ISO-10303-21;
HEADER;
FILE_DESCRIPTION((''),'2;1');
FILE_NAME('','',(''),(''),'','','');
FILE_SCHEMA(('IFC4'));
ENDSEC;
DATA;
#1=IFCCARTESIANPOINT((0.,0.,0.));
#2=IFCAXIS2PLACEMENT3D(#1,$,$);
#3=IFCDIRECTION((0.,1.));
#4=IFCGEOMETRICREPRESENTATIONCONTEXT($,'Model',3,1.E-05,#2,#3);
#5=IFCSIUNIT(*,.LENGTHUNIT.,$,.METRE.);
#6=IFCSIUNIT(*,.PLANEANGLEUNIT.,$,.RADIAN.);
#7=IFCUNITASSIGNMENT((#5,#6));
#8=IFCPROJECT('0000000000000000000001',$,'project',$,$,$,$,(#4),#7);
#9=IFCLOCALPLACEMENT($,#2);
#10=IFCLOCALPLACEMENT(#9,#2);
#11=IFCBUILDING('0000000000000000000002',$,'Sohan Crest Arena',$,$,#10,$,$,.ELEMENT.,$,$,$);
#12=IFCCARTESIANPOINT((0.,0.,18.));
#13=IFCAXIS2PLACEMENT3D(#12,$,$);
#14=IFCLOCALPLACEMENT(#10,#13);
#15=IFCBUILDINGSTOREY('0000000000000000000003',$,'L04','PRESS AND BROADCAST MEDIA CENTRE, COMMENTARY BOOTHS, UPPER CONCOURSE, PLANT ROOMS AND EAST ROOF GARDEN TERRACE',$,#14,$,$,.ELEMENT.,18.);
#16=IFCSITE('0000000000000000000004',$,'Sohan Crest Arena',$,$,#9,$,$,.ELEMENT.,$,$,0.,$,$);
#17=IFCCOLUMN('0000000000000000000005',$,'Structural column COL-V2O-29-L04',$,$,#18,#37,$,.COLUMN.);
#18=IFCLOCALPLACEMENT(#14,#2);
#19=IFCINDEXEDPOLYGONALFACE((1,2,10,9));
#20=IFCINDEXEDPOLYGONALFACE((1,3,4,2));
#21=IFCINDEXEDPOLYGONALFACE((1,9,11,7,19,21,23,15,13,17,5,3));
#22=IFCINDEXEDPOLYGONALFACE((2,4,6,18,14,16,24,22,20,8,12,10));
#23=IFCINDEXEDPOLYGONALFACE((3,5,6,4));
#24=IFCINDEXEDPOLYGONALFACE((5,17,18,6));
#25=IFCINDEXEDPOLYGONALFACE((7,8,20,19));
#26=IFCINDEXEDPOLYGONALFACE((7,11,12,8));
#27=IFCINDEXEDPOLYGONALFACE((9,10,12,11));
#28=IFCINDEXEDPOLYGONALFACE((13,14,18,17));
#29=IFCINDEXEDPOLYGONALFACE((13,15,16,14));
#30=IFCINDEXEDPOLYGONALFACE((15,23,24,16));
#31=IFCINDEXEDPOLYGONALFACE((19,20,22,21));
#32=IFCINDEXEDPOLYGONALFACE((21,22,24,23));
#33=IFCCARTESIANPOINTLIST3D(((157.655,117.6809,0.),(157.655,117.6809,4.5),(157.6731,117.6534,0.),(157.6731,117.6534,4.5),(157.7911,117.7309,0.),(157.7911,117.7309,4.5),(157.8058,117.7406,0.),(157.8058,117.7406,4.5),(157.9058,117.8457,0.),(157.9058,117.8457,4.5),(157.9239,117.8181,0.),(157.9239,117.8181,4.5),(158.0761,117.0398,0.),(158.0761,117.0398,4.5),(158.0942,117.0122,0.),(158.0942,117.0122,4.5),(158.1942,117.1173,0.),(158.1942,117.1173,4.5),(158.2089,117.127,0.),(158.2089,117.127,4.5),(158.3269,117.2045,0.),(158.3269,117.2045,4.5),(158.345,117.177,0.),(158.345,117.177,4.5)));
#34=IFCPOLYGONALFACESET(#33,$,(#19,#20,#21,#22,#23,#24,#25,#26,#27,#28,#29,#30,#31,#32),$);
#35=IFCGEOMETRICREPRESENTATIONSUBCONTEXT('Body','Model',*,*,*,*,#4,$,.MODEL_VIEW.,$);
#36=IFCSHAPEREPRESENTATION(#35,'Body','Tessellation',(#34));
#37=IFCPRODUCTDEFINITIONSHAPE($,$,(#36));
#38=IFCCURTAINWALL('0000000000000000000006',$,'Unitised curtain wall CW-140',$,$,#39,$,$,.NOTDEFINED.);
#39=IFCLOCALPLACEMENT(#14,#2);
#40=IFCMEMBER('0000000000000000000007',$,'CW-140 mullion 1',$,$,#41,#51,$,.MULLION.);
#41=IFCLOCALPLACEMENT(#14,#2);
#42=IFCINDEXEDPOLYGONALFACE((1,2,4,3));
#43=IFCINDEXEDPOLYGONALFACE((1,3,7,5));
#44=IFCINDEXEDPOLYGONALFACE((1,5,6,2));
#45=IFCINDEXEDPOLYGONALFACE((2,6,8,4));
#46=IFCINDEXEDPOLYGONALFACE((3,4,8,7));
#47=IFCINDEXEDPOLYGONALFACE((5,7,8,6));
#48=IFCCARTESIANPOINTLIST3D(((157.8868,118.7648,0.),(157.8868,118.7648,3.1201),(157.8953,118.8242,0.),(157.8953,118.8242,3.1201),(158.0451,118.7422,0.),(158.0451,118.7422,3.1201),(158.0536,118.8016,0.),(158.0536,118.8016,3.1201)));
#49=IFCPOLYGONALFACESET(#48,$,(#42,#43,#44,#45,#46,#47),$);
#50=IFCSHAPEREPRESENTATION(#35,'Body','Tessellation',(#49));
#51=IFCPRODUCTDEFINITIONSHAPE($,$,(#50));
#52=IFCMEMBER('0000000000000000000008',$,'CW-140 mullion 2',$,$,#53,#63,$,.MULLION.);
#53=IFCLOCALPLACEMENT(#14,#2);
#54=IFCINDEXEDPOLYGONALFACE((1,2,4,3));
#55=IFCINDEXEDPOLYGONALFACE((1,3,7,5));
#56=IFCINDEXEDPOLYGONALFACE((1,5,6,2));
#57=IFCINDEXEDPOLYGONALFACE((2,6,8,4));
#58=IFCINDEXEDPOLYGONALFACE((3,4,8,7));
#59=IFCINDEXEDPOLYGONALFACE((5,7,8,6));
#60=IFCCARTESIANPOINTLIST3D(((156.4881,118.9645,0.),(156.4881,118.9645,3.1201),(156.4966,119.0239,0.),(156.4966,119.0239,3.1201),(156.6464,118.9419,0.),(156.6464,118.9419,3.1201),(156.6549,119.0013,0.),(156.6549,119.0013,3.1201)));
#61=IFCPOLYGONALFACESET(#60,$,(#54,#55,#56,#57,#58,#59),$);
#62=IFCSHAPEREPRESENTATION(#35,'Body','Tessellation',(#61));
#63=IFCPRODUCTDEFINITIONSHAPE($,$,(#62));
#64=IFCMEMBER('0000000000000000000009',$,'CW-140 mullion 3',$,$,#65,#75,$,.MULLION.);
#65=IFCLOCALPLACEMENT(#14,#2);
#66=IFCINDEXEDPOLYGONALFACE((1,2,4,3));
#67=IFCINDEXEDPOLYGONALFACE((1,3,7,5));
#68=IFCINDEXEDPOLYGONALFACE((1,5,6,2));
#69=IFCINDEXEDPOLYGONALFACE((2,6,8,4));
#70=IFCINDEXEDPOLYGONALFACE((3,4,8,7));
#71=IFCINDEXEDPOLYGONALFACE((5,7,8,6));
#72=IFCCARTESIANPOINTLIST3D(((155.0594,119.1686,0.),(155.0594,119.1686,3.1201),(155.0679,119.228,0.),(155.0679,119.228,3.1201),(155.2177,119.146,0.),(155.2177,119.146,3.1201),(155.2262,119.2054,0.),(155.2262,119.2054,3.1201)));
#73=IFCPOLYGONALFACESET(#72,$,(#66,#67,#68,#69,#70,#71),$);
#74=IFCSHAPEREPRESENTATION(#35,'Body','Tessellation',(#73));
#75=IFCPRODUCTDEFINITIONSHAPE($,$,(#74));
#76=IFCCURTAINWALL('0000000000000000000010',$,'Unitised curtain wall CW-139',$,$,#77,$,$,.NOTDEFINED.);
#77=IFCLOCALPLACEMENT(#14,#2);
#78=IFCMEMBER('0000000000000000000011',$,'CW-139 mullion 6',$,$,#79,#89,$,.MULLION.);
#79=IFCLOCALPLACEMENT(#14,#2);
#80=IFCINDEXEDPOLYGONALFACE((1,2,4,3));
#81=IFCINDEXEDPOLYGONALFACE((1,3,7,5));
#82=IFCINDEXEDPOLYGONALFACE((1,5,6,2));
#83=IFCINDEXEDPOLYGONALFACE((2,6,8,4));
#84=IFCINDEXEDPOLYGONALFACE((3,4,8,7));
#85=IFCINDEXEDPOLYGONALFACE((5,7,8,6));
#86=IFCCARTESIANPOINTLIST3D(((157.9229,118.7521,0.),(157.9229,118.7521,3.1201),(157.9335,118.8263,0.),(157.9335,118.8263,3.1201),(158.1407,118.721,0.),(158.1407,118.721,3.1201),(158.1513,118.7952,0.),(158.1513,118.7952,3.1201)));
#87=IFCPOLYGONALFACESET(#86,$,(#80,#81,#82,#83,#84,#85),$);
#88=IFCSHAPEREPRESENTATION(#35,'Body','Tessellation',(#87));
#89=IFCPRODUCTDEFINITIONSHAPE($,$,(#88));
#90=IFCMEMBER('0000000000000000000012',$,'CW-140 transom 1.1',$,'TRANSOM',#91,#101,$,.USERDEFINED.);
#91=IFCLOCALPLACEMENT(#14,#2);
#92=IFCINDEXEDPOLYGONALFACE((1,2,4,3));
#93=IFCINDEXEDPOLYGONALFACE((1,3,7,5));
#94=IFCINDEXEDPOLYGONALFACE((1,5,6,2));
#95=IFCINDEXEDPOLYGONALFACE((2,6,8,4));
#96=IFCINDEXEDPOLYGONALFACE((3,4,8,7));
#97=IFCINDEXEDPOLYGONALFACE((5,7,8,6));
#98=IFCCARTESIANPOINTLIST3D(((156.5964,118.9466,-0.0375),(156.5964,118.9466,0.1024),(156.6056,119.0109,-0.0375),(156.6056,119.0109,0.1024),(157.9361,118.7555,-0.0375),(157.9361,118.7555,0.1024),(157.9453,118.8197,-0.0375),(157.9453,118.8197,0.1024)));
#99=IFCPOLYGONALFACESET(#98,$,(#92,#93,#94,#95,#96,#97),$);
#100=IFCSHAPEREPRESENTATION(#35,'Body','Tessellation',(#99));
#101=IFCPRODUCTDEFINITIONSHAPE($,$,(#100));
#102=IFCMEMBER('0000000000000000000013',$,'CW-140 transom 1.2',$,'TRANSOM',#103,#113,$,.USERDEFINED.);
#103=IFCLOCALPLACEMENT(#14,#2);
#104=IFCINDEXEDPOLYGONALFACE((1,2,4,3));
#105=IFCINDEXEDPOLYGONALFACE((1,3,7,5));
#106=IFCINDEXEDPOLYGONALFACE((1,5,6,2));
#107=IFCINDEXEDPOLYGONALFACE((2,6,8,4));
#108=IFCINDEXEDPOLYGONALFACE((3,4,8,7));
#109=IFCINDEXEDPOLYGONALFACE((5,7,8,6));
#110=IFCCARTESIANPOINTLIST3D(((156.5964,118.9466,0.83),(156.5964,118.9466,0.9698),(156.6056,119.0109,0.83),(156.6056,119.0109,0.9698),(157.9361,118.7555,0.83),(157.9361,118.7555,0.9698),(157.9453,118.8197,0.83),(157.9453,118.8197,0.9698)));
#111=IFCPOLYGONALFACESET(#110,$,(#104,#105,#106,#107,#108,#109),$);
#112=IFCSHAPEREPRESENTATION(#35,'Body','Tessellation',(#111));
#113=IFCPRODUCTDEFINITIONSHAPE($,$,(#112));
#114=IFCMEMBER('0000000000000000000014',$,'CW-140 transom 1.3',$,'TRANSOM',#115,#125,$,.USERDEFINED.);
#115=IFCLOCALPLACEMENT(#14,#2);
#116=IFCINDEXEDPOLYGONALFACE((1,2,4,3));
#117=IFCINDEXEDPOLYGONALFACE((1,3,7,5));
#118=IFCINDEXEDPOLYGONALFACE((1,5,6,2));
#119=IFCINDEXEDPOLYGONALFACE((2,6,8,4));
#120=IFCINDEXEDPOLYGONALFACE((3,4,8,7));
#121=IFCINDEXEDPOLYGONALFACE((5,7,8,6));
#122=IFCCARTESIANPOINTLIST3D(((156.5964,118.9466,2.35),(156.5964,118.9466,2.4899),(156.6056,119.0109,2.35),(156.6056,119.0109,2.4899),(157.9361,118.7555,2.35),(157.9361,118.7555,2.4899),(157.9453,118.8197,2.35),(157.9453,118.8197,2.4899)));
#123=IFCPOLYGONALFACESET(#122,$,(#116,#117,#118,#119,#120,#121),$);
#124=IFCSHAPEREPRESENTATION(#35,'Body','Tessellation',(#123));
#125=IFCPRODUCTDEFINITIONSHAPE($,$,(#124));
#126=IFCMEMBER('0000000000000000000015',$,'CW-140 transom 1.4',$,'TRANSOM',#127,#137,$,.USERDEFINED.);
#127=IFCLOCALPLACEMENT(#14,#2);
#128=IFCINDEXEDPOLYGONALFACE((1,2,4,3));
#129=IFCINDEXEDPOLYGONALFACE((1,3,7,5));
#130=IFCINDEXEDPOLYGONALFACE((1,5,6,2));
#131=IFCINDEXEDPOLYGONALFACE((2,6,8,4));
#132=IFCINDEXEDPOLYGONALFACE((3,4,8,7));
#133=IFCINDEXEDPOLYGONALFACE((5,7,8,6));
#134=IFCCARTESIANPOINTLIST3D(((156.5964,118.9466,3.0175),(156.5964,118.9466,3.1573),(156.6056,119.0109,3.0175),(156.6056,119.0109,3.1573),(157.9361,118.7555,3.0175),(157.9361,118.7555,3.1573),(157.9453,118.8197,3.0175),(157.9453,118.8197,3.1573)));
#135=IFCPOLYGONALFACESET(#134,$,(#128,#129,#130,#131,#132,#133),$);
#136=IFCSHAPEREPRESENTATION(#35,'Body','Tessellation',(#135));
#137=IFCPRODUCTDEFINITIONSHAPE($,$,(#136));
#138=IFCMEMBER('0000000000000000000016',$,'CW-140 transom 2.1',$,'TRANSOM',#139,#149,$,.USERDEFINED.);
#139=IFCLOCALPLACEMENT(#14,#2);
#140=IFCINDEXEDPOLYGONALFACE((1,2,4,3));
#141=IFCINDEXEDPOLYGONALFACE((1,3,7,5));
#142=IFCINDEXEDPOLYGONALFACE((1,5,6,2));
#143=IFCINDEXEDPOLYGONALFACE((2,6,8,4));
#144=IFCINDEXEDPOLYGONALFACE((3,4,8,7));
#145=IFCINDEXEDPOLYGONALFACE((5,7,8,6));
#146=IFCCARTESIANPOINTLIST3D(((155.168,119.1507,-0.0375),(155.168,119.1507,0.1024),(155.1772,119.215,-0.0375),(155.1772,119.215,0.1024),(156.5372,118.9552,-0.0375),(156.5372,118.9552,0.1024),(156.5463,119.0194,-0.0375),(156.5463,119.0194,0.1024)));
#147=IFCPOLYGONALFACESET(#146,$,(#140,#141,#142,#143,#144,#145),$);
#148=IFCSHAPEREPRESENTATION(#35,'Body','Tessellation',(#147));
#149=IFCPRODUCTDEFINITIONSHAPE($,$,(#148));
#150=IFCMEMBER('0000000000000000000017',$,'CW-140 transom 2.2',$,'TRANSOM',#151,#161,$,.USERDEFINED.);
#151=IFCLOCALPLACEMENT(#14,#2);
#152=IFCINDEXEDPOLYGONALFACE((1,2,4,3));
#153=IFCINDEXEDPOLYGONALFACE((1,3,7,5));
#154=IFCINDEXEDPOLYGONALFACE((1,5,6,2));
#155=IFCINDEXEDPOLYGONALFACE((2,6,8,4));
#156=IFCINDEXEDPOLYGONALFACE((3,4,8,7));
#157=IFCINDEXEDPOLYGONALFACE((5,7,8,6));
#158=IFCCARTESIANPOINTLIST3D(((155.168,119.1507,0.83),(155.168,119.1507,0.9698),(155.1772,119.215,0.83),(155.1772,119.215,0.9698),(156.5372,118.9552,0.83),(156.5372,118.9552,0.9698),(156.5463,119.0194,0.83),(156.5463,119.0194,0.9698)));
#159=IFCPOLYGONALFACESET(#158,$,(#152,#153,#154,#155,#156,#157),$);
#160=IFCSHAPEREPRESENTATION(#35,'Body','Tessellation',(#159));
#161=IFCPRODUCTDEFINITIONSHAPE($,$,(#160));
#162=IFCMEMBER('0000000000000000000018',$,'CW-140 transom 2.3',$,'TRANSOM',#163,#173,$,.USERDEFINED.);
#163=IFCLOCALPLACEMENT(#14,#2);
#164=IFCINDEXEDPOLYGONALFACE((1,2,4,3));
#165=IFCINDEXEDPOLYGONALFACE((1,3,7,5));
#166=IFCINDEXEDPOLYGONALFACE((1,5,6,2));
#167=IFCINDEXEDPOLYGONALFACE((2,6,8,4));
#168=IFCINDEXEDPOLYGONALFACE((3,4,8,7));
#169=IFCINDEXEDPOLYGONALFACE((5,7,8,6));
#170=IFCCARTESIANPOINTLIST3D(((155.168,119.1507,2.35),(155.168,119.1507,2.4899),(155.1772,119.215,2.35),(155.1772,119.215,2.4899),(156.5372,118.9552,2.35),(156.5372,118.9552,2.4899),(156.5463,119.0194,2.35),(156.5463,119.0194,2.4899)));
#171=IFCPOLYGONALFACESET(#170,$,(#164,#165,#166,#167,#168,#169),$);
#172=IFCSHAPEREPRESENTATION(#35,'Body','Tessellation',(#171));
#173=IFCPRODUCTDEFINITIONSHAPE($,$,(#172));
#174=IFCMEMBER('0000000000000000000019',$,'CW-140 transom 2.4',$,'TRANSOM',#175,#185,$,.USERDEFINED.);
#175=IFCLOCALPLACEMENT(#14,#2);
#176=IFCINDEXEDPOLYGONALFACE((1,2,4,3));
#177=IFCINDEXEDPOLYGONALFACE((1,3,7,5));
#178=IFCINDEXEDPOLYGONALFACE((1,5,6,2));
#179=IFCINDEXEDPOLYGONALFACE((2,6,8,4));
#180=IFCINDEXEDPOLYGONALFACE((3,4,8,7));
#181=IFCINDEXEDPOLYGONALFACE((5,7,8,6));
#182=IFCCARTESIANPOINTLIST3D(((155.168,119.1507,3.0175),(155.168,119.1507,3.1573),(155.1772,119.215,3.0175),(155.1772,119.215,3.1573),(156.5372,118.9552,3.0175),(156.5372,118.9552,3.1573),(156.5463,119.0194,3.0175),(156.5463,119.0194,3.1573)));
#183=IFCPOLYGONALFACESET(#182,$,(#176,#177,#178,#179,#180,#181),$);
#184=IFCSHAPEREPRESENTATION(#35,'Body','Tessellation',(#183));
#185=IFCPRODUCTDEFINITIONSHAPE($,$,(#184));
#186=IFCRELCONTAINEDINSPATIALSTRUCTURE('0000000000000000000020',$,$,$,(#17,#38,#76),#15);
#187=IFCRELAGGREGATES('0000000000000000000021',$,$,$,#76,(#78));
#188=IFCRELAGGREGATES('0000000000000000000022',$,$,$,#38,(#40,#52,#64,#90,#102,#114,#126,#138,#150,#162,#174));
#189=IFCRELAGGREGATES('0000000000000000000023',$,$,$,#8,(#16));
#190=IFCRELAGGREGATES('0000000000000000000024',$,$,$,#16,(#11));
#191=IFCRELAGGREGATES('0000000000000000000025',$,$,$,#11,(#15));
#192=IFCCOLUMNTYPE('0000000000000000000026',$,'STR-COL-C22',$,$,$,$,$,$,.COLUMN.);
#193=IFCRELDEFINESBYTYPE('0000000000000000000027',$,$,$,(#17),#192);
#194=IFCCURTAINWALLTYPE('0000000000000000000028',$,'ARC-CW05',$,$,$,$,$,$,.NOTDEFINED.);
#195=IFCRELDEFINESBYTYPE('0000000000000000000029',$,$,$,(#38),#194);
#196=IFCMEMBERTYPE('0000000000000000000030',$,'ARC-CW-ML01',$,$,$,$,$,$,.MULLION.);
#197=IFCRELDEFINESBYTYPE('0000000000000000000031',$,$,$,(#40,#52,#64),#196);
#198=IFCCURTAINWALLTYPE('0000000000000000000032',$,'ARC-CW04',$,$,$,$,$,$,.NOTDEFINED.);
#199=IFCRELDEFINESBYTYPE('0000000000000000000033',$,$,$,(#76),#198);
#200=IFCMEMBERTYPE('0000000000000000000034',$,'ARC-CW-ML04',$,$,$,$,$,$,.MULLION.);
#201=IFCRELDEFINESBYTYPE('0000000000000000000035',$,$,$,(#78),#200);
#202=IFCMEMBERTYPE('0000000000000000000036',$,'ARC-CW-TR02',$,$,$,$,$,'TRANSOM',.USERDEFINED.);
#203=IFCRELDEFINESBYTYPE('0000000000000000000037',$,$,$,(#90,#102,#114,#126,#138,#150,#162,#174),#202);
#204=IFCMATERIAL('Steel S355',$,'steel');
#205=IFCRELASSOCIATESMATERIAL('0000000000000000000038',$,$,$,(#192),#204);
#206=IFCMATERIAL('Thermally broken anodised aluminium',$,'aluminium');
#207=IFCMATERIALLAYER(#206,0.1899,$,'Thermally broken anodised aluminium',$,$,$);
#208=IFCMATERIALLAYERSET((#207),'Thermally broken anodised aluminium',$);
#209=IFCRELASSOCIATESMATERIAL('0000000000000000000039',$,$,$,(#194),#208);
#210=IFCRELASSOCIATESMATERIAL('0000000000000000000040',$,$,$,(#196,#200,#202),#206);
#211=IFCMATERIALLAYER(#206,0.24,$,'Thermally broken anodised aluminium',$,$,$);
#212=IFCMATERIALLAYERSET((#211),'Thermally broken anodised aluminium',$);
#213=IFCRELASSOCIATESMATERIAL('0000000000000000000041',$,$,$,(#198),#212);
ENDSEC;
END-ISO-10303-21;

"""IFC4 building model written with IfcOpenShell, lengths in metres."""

from ifc_helpers import new_model, si_unit, direction, frame, origin, origin_2d, place, context, subcontext, project, spatial, rectangle, i_section, extrude, material, layer, layer_set, material_profile, profile_set, type_object, element, aggregate, save


model = new_model("IFC4")

# Units and contexts
model_context = context("Model", 3, precision=1e-05, world=origin(), true_north=direction((0.0, 1.0)))
body_context = subcontext(model_context, "Body", "Model", "MODEL_VIEW")
ifc_project = project(units=[si_unit("LENGTHUNIT", "METRE"), si_unit("PLANEANGLEUNIT", "RADIAN")], contexts=[model_context])

# Site, building, storey
site_placement = place(None, origin())
site = spatial("IfcSite", under=ifc_project, at=site_placement, Name="Sohan Crest Arena", CompositionType="ELEMENT", RefElevation=0.0)
building_placement = place(site_placement, origin())
building = spatial("IfcBuilding", under=site, at=building_placement, Name="Sohan Crest Arena", CompositionType="ELEMENT")
storey_placement = place(building_placement, frame((0.0, 0.0, 18.0)))
storey = spatial("IfcBuildingStorey", under=building, at=storey_placement, Name="L04", Description="PRESS AND BROADCAST MEDIA CENTRE, COMMENTARY BOOTHS, UPPER CONCOURSE, PLANT ROOMS AND EAST ROOF GARDEN TERRACE", CompositionType="ELEMENT", Elevation=18.0)

# Column
ifc_material_1 = material(Name="Steel S355", Category="steel")
ifc_material_profile_1 = material_profile(ifc_material_1, i_section(OverallWidth=0.3, OverallDepth=0.8, WebThickness=0.0176, FlangeThickness=0.033, at=origin_2d()), Name="HEB 800")
ifc_profile_set_1 = profile_set([ifc_material_profile_1], Name="Steel S355")
column_type = type_object("IfcColumnType", Name="STR-COL-C22", PredefinedType="COLUMN", material=ifc_profile_set_1)
column_placement = place(storey_placement, frame((158.0, 117.429, 0.0), z_axis=(0.0, 0.0, 1.0), x_axis=(0.835807, 0.549023, 0.0)))
element("IfcColumn", 1, at=column_placement, inside=storey, type_object=column_type, Name="Structural column COL-V2O-29-L04", PredefinedType="COLUMN", context=body_context, shape_type="SweptSolid", body=[
    extrude(i_section(OverallWidth=0.3, OverallDepth=0.8, WebThickness=0.0176, FlangeThickness=0.033, at=origin_2d()), origin(), (0.0, 0.0, 1.0), 4.5),
])

# Curtain wall, members
ifc_material_2 = material(Name="Thermally broken anodised aluminium", Category="aluminium")
ifc_layer_1 = layer(ifc_material_2, 0.1899, Name="Thermally broken anodised aluminium")
ifc_layer_set_1 = layer_set([ifc_layer_1], Name="Thermally broken anodised aluminium")
curtain_wall_type_1 = type_object("IfcCurtainWallType", Name="ARC-CW05", PredefinedType="NOTDEFINED", material=ifc_layer_set_1)
curtain_wall_1_placement = place(storey_placement, origin())
curtain_wall_1 = element("IfcCurtainWall", 2, at=curtain_wall_1_placement, inside=storey, type_object=curtain_wall_type_1, Name="Unitised curtain wall CW-140", PredefinedType="NOTDEFINED")
ifc_material_profile_2 = material_profile(ifc_material_2, rectangle(XDim=0.0601, YDim=0.1599, at=origin_2d()), Name="ALU-MULL 60x160")
ifc_profile_set_2 = profile_set([ifc_material_profile_2], Name="Thermally broken anodised aluminium")
member_type_1 = type_object("IfcMemberType", Name="ARC-CW-ML01", PredefinedType="MULLION", material=ifc_profile_set_2)
member_1_placement = place(storey_placement, frame((157.9702, 118.7832, 0.0), z_axis=(0.0, 0.0, 1.0), x_axis=(-0.141366, -0.989957, 0.0)))
member_1 = element("IfcMember", 3, at=member_1_placement, type_object=member_type_1, Name="CW-140 mullion 1", PredefinedType="MULLION", context=body_context, shape_type="SweptSolid", body=[
    extrude(rectangle(XDim=0.0601, YDim=0.1599, at=origin_2d()), origin(), (0.0, 0.0, 1.0), 3.1201),
])
member_2_placement = place(storey_placement, frame((156.5715, 118.9829, 0.0), z_axis=(0.0, 0.0, 1.0), x_axis=(-0.141366, -0.989957, 0.0)))
member_2 = element("IfcMember", 4, at=member_2_placement, type_object=member_type_1, Name="CW-140 mullion 2", PredefinedType="MULLION", context=body_context, shape_type="SweptSolid", body=[
    extrude(rectangle(XDim=0.0601, YDim=0.1599, at=origin_2d()), origin(), (0.0, 0.0, 1.0), 3.1201),
])
member_3_placement = place(storey_placement, frame((155.1428, 119.187, 0.0), z_axis=(0.0, 0.0, 1.0), x_axis=(-0.141366, -0.989957, 0.0)))
member_3 = element("IfcMember", 5, at=member_3_placement, type_object=member_type_1, Name="CW-140 mullion 3", PredefinedType="MULLION", context=body_context, shape_type="SweptSolid", body=[
    extrude(rectangle(XDim=0.0601, YDim=0.1599, at=origin_2d()), origin(), (0.0, 0.0, 1.0), 3.1201),
])

# Curtain wall, member
ifc_layer_2 = layer(ifc_material_2, 0.24, Name="Thermally broken anodised aluminium")
ifc_layer_set_2 = layer_set([ifc_layer_2], Name="Thermally broken anodised aluminium")
curtain_wall_type_2 = type_object("IfcCurtainWallType", Name="ARC-CW04", PredefinedType="NOTDEFINED", material=ifc_layer_set_2)
curtain_wall_2_placement = place(storey_placement, origin())
curtain_wall_2 = element("IfcCurtainWall", 6, at=curtain_wall_2_placement, inside=storey, type_object=curtain_wall_type_2, Name="Unitised curtain wall CW-139", PredefinedType="NOTDEFINED")
ifc_material_profile_3 = material_profile(ifc_material_2, rectangle(XDim=0.075, YDim=0.22, at=origin_2d()), Name="ALU-MULL 75x220")
ifc_profile_set_3 = profile_set([ifc_material_profile_3], Name="Thermally broken anodised aluminium")
member_type_2 = type_object("IfcMemberType", Name="ARC-CW-ML04", PredefinedType="MULLION", material=ifc_profile_set_3)
member_4_placement = place(storey_placement, frame((158.0371, 118.7737, 0.0), z_axis=(0.0, 0.0, 1.0), x_axis=(-0.141463, -0.989944, 0.0)))
member_4 = element("IfcMember", 7, at=member_4_placement, type_object=member_type_2, Name="CW-139 mullion 6", PredefinedType="MULLION", context=body_context, shape_type="SweptSolid", body=[
    extrude(rectangle(XDim=0.075, YDim=0.22, at=origin_2d()), origin(), (0.0, 0.0, 1.0), 3.1201),
])
aggregate(curtain_wall_2, [member_4])

# Members
ifc_material_profile_4 = material_profile(ifc_material_2, rectangle(XDim=0.0649, YDim=0.1399, at=origin_2d()), Name="ALU-TRAN 65x140")
ifc_profile_set_4 = profile_set([ifc_material_profile_4], Name="Thermally broken anodised aluminium")
member_type_3 = type_object("IfcMemberType", Name="ARC-CW-TR02", ElementType="TRANSOM", PredefinedType="USERDEFINED", material=ifc_profile_set_4)
member_5_placement = place(storey_placement, frame((157.9407, 118.7876, 0.0325), z_axis=(-0.989971, 0.14127, 0.0), x_axis=(-0.14127, -0.989971, 0.0)))
member_5 = element("IfcMember", 8, at=member_5_placement, type_object=member_type_3, Name="CW-140 transom 1.1", ObjectType="TRANSOM", PredefinedType="USERDEFINED", context=body_context, shape_type="SweptSolid", body=[
    extrude(rectangle(XDim=0.0649, YDim=0.1399, at=origin_2d()), origin(), (0.0, 0.0, 1.0), 1.3533),
])
member_6_placement = place(storey_placement, frame((157.9407, 118.7876, 0.8999), z_axis=(-0.989971, 0.14127, 0.0), x_axis=(-0.14127, -0.989971, 0.0)))
member_6 = element("IfcMember", 9, at=member_6_placement, type_object=member_type_3, Name="CW-140 transom 1.2", ObjectType="TRANSOM", PredefinedType="USERDEFINED", context=body_context, shape_type="SweptSolid", body=[
    extrude(rectangle(XDim=0.0649, YDim=0.1399, at=origin_2d()), origin(), (0.0, 0.0, 1.0), 1.3533),
])
member_7_placement = place(storey_placement, frame((157.9407, 118.7876, 2.4199), z_axis=(-0.989971, 0.14127, 0.0), x_axis=(-0.14127, -0.989971, 0.0)))
member_7 = element("IfcMember", 10, at=member_7_placement, type_object=member_type_3, Name="CW-140 transom 1.3", ObjectType="TRANSOM", PredefinedType="USERDEFINED", context=body_context, shape_type="SweptSolid", body=[
    extrude(rectangle(XDim=0.0649, YDim=0.1399, at=origin_2d()), origin(), (0.0, 0.0, 1.0), 1.3533),
])
member_8_placement = place(storey_placement, frame((157.9407, 118.7876, 3.0874), z_axis=(-0.989971, 0.14127, 0.0), x_axis=(-0.14127, -0.989971, 0.0)))
member_8 = element("IfcMember", 11, at=member_8_placement, type_object=member_type_3, Name="CW-140 transom 1.4", ObjectType="TRANSOM", PredefinedType="USERDEFINED", context=body_context, shape_type="SweptSolid", body=[
    extrude(rectangle(XDim=0.0649, YDim=0.1399, at=origin_2d()), origin(), (0.0, 0.0, 1.0), 1.3533),
])
member_9_placement = place(storey_placement, frame((156.5417, 118.9873, 0.0325), z_axis=(-0.989953, 0.141397, 0.0), x_axis=(-0.141397, -0.989953, 0.0)))
member_9 = element("IfcMember", 12, at=member_9_placement, type_object=member_type_3, Name="CW-140 transom 2.1", ObjectType="TRANSOM", PredefinedType="USERDEFINED", context=body_context, shape_type="SweptSolid", body=[
    extrude(rectangle(XDim=0.0649, YDim=0.1399, at=origin_2d()), origin(), (0.0, 0.0, 1.0), 1.3831),
])
member_10_placement = place(storey_placement, frame((156.5417, 118.9873, 0.8999), z_axis=(-0.989953, 0.141397, 0.0), x_axis=(-0.141397, -0.989953, 0.0)))
member_10 = element("IfcMember", 13, at=member_10_placement, type_object=member_type_3, Name="CW-140 transom 2.2", ObjectType="TRANSOM", PredefinedType="USERDEFINED", context=body_context, shape_type="SweptSolid", body=[
    extrude(rectangle(XDim=0.0649, YDim=0.1399, at=origin_2d()), origin(), (0.0, 0.0, 1.0), 1.3831),
])
member_11_placement = place(storey_placement, frame((156.5417, 118.9873, 2.4199), z_axis=(-0.989953, 0.141397, 0.0), x_axis=(-0.141397, -0.989953, 0.0)))
member_11 = element("IfcMember", 14, at=member_11_placement, type_object=member_type_3, Name="CW-140 transom 2.3", ObjectType="TRANSOM", PredefinedType="USERDEFINED", context=body_context, shape_type="SweptSolid", body=[
    extrude(rectangle(XDim=0.0649, YDim=0.1399, at=origin_2d()), origin(), (0.0, 0.0, 1.0), 1.3831),
])
member_12_placement = place(storey_placement, frame((156.5417, 118.9873, 3.0874), z_axis=(-0.989953, 0.141397, 0.0), x_axis=(-0.141397, -0.989953, 0.0)))
member_12 = element("IfcMember", 15, at=member_12_placement, type_object=member_type_3, Name="CW-140 transom 2.4", ObjectType="TRANSOM", PredefinedType="USERDEFINED", context=body_context, shape_type="SweptSolid", body=[
    extrude(rectangle(XDim=0.0649, YDim=0.1399, at=origin_2d()), origin(), (0.0, 0.0, 1.0), 1.3831),
])

aggregate(curtain_wall_1, [member_1, member_2, member_3, member_5, member_6, member_7, member_8, member_9, member_10, member_11, member_12])

save(model, "model.ifc")
